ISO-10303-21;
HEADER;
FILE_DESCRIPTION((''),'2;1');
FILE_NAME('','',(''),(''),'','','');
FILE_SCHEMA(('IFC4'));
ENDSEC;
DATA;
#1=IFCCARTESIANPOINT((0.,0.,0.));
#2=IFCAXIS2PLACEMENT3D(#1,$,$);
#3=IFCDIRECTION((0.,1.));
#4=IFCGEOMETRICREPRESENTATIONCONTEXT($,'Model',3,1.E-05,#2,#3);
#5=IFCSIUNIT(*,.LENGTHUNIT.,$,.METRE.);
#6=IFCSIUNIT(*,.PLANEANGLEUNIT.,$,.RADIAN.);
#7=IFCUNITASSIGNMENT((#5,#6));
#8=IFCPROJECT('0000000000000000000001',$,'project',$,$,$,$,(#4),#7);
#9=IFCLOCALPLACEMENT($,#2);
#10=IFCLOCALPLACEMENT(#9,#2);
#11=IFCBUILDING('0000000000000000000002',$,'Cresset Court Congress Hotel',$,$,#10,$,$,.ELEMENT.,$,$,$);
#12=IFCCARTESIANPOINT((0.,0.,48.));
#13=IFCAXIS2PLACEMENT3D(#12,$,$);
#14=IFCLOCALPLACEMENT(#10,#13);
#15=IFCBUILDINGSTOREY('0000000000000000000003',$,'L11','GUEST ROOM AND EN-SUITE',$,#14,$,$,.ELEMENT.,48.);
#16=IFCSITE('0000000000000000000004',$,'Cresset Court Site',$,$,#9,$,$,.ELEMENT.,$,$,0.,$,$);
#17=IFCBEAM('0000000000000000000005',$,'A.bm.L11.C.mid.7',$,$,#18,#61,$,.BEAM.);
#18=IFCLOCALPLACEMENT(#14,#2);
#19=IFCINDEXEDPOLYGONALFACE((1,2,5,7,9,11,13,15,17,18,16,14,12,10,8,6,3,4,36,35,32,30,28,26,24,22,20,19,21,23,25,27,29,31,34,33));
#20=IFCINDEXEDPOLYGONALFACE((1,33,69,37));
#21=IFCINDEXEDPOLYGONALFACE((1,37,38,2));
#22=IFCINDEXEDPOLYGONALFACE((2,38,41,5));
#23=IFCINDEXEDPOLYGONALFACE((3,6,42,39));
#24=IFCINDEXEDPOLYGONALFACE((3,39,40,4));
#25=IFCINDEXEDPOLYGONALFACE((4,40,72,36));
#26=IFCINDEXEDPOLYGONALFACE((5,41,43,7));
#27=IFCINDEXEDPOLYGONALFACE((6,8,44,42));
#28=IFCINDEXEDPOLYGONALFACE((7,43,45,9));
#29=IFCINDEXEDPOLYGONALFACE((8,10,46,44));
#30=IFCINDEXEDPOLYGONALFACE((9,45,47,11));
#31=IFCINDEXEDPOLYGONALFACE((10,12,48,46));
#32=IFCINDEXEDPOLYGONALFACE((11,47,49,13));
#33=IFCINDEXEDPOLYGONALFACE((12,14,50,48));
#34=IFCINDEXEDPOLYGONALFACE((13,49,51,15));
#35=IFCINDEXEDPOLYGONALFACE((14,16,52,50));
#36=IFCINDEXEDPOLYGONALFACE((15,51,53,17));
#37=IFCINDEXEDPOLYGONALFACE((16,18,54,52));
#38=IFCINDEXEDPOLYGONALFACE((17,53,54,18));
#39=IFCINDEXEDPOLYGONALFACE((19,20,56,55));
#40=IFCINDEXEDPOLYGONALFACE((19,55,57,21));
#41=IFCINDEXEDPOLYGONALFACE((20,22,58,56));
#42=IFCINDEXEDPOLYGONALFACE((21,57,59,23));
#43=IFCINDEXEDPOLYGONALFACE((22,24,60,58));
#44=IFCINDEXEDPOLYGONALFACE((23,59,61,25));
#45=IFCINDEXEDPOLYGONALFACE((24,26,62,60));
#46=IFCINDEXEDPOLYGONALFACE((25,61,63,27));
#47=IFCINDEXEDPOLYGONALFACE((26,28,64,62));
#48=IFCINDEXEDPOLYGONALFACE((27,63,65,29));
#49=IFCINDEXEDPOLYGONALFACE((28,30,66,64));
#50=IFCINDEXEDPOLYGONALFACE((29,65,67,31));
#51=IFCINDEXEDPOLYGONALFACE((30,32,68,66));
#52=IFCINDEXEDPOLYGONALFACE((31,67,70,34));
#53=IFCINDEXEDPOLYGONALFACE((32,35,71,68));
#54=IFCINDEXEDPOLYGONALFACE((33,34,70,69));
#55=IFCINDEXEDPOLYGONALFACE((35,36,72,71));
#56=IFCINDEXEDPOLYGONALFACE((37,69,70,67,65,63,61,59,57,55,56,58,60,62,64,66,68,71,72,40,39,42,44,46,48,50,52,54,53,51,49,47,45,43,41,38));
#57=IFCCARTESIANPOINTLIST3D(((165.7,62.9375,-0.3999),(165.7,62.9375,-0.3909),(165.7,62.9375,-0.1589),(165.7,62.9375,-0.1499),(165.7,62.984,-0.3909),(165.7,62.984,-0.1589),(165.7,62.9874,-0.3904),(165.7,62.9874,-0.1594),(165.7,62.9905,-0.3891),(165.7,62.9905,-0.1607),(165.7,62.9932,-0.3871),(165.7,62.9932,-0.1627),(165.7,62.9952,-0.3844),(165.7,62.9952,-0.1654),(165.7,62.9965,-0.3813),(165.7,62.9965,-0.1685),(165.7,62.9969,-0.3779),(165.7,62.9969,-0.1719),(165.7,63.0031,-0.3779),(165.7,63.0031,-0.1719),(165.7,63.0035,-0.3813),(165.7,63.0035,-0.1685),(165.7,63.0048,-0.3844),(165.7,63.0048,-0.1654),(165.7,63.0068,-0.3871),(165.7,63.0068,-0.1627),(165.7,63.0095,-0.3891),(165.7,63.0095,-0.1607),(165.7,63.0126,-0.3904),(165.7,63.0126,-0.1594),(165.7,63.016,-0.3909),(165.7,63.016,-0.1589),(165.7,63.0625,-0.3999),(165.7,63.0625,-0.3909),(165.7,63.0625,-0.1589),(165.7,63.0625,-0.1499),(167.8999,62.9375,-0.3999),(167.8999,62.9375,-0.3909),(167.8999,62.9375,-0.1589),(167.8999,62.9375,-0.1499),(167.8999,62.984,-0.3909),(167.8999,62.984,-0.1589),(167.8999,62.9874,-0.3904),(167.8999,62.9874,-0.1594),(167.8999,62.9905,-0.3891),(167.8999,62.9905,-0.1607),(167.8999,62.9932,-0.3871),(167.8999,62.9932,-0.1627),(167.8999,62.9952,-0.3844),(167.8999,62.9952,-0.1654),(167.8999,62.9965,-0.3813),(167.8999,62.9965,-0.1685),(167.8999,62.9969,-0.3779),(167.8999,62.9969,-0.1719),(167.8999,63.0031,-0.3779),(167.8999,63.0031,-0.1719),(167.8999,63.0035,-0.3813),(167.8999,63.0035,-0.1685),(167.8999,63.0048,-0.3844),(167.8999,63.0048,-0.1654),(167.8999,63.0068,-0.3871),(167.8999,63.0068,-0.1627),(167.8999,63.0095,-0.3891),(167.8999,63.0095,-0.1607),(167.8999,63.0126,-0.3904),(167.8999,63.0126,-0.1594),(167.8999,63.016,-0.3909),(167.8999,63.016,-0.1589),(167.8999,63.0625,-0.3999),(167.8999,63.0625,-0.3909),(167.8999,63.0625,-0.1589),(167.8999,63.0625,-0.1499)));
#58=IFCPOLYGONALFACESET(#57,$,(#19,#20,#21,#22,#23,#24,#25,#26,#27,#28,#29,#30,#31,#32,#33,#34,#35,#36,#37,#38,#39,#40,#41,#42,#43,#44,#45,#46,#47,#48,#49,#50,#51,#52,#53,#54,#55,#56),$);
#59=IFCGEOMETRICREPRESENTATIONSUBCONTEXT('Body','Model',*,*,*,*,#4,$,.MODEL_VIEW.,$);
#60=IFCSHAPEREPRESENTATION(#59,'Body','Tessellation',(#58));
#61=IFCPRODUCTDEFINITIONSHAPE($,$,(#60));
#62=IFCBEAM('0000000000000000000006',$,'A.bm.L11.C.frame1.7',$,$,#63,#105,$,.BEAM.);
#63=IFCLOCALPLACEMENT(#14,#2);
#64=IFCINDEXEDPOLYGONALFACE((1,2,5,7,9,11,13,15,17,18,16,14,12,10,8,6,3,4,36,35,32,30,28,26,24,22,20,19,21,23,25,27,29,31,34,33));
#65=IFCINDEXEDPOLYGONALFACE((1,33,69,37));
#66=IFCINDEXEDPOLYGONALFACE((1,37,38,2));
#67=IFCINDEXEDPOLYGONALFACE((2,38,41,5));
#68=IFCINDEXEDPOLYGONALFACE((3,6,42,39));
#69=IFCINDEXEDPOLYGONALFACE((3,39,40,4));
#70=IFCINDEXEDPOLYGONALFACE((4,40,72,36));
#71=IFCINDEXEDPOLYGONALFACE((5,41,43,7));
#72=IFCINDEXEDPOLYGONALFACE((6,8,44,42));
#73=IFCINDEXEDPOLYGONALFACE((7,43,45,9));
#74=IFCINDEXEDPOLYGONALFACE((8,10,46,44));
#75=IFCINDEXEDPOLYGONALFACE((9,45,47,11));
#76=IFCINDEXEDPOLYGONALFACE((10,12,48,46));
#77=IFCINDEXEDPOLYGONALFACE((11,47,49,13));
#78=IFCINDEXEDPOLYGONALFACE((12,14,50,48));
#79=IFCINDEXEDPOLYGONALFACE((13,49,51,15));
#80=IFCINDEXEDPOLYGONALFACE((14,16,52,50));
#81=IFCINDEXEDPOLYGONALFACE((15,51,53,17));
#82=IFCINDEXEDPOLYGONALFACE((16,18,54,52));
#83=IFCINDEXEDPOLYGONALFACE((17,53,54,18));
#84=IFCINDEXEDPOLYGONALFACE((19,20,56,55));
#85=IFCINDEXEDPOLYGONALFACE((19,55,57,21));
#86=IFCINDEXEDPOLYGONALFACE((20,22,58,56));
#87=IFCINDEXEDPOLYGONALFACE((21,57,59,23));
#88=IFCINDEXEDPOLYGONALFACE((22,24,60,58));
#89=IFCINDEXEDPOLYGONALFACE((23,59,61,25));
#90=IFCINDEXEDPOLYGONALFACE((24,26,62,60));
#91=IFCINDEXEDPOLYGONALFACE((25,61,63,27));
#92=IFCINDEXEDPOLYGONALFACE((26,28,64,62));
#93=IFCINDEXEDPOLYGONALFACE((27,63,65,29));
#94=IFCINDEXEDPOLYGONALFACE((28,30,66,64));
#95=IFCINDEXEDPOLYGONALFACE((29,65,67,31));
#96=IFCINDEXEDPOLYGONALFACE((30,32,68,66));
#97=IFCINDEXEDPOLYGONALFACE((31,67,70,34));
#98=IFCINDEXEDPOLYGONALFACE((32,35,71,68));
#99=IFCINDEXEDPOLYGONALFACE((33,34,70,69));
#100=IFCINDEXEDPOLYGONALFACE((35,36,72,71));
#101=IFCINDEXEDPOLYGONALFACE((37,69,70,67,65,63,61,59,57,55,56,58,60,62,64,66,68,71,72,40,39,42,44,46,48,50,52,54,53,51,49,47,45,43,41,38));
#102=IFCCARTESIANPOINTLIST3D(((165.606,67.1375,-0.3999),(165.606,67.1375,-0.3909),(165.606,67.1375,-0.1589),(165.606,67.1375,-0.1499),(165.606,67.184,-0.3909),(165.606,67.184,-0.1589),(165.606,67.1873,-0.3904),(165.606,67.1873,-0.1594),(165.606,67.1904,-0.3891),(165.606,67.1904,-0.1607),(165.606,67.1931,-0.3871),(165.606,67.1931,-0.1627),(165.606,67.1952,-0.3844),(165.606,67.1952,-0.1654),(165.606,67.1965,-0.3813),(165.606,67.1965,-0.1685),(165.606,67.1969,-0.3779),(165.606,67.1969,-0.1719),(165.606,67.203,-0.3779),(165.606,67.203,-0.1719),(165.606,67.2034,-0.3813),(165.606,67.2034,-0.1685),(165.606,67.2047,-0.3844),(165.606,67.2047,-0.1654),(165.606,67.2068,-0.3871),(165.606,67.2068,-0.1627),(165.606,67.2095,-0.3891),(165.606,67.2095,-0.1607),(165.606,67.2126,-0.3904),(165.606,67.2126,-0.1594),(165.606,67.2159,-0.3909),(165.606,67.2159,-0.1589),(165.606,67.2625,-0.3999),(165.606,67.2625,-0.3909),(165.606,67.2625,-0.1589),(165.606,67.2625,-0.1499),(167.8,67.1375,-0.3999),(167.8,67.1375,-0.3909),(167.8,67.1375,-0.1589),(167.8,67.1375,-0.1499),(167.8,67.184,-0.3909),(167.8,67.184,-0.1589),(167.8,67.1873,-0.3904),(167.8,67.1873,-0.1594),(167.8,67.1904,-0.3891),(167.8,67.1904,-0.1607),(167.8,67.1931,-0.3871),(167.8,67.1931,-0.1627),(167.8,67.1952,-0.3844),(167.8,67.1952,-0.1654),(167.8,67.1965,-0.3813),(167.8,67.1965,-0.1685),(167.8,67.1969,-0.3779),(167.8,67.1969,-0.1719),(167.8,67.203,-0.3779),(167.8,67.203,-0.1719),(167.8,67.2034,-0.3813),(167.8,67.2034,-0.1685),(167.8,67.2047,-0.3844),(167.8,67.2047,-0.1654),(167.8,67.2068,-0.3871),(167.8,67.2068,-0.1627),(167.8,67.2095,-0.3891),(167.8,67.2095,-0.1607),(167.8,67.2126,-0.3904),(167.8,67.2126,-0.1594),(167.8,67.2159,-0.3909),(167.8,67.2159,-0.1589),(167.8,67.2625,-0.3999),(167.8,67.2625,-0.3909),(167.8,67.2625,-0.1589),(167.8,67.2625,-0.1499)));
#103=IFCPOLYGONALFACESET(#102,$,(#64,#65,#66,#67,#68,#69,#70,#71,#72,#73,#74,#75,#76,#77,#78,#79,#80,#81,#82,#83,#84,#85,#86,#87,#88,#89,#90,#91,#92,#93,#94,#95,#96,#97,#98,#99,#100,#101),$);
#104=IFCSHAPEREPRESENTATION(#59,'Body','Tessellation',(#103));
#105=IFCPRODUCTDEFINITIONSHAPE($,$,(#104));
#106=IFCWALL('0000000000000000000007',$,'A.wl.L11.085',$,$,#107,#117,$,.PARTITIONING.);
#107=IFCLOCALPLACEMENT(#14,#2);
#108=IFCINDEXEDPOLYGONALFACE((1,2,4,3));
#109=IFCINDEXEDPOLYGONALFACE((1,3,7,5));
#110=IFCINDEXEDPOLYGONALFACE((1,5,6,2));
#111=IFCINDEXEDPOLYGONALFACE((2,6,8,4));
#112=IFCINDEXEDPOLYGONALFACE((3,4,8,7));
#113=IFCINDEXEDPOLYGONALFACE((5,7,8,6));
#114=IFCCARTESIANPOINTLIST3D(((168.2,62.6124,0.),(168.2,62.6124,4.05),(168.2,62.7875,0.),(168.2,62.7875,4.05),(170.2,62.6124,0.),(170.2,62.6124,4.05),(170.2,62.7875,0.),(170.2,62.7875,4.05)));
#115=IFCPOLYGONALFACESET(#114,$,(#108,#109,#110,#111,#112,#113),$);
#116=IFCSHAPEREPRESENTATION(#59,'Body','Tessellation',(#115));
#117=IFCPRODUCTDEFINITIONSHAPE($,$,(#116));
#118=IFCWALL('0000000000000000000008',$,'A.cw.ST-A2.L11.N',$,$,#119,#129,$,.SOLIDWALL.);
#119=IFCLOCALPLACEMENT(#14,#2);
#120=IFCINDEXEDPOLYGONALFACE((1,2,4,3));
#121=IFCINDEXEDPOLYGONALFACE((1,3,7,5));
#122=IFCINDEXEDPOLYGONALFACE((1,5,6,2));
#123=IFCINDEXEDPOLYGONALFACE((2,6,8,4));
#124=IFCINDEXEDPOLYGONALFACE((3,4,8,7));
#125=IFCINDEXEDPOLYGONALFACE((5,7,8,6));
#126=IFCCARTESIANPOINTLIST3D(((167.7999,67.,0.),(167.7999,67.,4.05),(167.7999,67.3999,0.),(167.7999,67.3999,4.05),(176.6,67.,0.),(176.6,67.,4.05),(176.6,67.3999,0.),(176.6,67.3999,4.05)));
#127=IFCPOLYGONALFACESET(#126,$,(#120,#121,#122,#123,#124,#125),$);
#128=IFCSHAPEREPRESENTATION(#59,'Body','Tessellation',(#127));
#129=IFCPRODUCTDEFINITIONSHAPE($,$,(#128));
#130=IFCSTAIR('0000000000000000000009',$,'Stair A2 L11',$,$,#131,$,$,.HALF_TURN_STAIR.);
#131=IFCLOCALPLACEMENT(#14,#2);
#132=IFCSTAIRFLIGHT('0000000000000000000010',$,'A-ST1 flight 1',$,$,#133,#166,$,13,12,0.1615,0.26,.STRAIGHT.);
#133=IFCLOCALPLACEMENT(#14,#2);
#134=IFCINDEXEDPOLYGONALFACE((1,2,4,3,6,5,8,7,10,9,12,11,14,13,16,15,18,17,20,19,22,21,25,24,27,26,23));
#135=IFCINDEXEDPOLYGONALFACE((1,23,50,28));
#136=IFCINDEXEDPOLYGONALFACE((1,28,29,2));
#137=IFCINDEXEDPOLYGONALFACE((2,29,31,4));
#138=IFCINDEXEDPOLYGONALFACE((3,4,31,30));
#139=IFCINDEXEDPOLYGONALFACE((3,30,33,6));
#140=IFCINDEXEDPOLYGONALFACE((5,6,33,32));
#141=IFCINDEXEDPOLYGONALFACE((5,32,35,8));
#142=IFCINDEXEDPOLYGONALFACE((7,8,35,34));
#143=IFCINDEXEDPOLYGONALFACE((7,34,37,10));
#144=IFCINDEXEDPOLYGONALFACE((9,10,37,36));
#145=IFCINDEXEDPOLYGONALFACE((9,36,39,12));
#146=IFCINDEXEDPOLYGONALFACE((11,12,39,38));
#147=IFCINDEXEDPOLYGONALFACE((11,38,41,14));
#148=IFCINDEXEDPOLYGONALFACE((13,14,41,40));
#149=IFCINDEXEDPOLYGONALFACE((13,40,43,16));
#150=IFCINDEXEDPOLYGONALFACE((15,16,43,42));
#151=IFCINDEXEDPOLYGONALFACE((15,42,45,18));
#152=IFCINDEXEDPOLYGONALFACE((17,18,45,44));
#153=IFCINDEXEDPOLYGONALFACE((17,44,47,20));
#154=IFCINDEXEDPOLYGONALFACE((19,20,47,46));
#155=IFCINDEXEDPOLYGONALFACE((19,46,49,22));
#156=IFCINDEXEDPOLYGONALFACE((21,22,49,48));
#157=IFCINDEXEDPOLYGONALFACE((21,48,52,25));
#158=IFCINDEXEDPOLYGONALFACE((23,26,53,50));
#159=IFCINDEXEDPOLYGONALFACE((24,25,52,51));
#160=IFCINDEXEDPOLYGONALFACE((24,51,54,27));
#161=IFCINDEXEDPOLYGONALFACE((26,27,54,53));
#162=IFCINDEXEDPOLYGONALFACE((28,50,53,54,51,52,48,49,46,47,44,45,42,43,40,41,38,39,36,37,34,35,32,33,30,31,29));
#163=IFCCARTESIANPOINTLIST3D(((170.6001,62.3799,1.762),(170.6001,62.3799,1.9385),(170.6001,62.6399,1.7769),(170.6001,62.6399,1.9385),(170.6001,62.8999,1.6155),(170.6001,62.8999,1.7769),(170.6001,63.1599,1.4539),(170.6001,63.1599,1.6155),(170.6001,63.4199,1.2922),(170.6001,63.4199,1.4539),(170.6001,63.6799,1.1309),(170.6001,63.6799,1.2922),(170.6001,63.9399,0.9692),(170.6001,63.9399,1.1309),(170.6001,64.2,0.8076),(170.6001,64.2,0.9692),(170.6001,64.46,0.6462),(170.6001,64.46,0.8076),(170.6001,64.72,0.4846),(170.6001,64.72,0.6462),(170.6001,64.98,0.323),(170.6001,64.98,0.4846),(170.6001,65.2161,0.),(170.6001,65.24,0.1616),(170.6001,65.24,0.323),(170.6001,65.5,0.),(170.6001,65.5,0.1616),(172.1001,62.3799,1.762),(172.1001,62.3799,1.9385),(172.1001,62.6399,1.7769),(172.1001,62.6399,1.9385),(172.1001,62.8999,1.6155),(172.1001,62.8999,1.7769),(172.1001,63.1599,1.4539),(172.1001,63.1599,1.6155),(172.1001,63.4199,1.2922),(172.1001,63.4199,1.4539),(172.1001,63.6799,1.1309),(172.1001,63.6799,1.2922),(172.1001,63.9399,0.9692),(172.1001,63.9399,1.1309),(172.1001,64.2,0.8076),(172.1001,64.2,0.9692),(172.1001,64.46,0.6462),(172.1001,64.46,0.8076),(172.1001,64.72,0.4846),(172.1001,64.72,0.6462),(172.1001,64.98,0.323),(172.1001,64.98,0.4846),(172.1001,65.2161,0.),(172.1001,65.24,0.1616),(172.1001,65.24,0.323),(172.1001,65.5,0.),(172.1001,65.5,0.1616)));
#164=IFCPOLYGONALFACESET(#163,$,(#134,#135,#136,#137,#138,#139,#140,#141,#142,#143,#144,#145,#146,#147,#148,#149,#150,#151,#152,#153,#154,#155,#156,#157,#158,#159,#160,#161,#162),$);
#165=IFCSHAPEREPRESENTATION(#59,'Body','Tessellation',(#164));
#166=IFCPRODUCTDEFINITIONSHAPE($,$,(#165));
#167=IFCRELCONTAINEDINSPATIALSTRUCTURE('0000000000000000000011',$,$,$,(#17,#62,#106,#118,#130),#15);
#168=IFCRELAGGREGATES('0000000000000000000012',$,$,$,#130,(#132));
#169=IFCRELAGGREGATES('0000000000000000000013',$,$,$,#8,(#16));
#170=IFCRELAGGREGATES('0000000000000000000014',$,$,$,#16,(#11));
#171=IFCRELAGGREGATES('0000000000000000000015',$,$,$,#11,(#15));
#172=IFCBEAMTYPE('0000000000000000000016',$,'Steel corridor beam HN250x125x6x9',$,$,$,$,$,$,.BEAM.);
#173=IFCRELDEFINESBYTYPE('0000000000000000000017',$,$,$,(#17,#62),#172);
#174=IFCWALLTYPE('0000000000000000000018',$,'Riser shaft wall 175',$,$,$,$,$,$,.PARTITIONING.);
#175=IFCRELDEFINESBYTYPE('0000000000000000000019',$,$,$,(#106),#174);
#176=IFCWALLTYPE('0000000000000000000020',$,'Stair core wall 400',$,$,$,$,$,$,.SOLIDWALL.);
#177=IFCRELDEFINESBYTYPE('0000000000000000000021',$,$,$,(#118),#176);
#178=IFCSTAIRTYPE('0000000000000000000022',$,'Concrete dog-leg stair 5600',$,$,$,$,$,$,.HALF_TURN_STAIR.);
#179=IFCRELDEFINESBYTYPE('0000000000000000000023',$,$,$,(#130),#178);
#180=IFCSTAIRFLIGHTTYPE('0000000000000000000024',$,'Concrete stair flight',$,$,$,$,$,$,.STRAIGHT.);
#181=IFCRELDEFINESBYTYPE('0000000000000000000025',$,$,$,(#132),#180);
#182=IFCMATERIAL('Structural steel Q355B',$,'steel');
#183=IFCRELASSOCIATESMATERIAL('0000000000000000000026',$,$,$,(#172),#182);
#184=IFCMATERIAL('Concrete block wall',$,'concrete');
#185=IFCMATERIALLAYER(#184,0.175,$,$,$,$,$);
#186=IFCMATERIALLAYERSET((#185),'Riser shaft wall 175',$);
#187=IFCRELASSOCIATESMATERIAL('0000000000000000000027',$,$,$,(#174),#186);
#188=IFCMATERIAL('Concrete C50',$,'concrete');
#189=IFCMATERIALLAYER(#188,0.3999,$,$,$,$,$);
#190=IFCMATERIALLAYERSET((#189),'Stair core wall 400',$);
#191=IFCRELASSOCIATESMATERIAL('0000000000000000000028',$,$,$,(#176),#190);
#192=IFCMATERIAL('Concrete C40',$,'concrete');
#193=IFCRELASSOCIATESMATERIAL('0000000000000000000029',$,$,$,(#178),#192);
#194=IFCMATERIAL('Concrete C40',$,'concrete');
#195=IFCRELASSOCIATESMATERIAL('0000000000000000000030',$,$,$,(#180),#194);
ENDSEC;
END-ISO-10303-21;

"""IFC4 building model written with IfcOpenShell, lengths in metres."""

from ifc_helpers import new_model, si_unit, direction, frame, frame_2d, origin, origin_2d, place, context, subcontext, project, spatial, polyline, rectangle, i_section, outline, extrude, material, layer, layer_set, material_profile, profile_set, type_object, element, aggregate, save


model = new_model("IFC4")

# Units and contexts
model_context = context("Model", 3, precision=1e-05, world=origin(), true_north=direction((0.0, 1.0)))
body_context = subcontext(model_context, "Body", "Model", "MODEL_VIEW")
ifc_project = project(units=[si_unit("LENGTHUNIT", "METRE"), si_unit("PLANEANGLEUNIT", "RADIAN")], contexts=[model_context])

# Site, building, storey
site_placement = place(None, origin())
site = spatial("IfcSite", under=ifc_project, at=site_placement, Name="Cresset Court Site", CompositionType="ELEMENT", RefElevation=0.0)
building_placement = place(site_placement, origin())
building = spatial("IfcBuilding", under=site, at=building_placement, Name="Cresset Court Congress Hotel", CompositionType="ELEMENT")
storey_placement = place(building_placement, frame((0.0, 0.0, 48.0)))
storey = spatial("IfcBuildingStorey", under=building, at=storey_placement, Name="L11", Description="GUEST ROOM AND EN-SUITE", CompositionType="ELEMENT", Elevation=48.0)

# Beams
ifc_material_1 = material(Name="Structural steel Q355B", Category="steel")
ifc_material_profile = material_profile(ifc_material_1, i_section(OverallWidth=0.125, OverallDepth=0.25, WebThickness=0.0061, FlangeThickness=0.009, FilletRadius=0.0129, at=origin_2d()), Name="HN250x125x6x9")
ifc_profile_set = profile_set([ifc_material_profile], Name="Structural steel Q355B")
beam_type = type_object("IfcBeamType", Name="Steel corridor beam HN250x125x6x9", PredefinedType="BEAM", material=ifc_profile_set)
beam_1_placement = place(storey_placement, frame((165.7, 63.0, -0.2749), z_axis=(1.0, 0.0, 0.0), x_axis=(0.0, 1.0, 0.0)))
element("IfcBeam", 1, at=beam_1_placement, inside=storey, type_object=beam_type, Name="A.bm.L11.C.mid.7", PredefinedType="BEAM", context=body_context, shape_type="SweptSolid", body=[
    extrude(i_section(OverallWidth=0.125, OverallDepth=0.25, WebThickness=0.0061, FlangeThickness=0.009, FilletRadius=0.0129, at=origin_2d()), origin(), (0.0, 0.0, 1.0), 2.2),
])
beam_2_placement = place(storey_placement, frame((165.606, 67.2, -0.2749), z_axis=(1.0, 0.0, 0.0), x_axis=(0.0, 1.0, 0.0)))
element("IfcBeam", 2, at=beam_2_placement, inside=storey, type_object=beam_type, Name="A.bm.L11.C.frame1.7", PredefinedType="BEAM", context=body_context, shape_type="SweptSolid", body=[
    extrude(i_section(OverallWidth=0.125, OverallDepth=0.25, WebThickness=0.0061, FlangeThickness=0.009, FilletRadius=0.0129, at=origin_2d()), origin(), (0.0, 0.0, 1.0), 2.1941),
])

# Walls
ifc_material_2 = material(Name="Concrete block wall", Category="concrete")
ifc_layer_1 = layer(ifc_material_2, 0.175)
ifc_layer_set_1 = layer_set([ifc_layer_1], Name="Riser shaft wall 175")
wall_type_1 = type_object("IfcWallType", Name="Riser shaft wall 175", PredefinedType="PARTITIONING", material=ifc_layer_set_1)
wall_1_placement = place(storey_placement, frame((168.2, 62.7, 0.0), z_axis=(0.0, 0.0, 1.0), x_axis=(1.0, 0.0, 0.0)))
element("IfcWall", 3, at=wall_1_placement, inside=storey, type_object=wall_type_1, Name="A.wl.L11.085", PredefinedType="PARTITIONING", context=body_context, shape_type="SweptSolid", body=[
    extrude(rectangle(XDim=2.0, YDim=0.175, at=frame_2d((1.0, 0.0))), origin(), (0.0, 0.0, 1.0), 4.05),
])
ifc_material_3 = material(Name="Concrete C50", Category="concrete")
ifc_layer_2 = layer(ifc_material_3, 0.3999)
ifc_layer_set_2 = layer_set([ifc_layer_2], Name="Stair core wall 400")
wall_type_2 = type_object("IfcWallType", Name="Stair core wall 400", PredefinedType="SOLIDWALL", material=ifc_layer_set_2)
wall_2_placement = place(storey_placement, frame((167.8, 67.2, 0.0), z_axis=(0.0, 0.0, 1.0), x_axis=(1.0, 0.0, 0.0)))
element("IfcWall", 4, at=wall_2_placement, inside=storey, type_object=wall_type_2, Name="A.cw.ST-A2.L11.N", PredefinedType="SOLIDWALL", context=body_context, shape_type="SweptSolid", body=[
    extrude(rectangle(XDim=8.8, YDim=0.3999, at=frame_2d((4.3999, 0.0))), origin(), (0.0, 0.0, 1.0), 4.05),
])

# Stair, stair flight
ifc_material_4 = material(Name="Concrete C40", Category="concrete")
stair_type = type_object("IfcStairType", Name="Concrete dog-leg stair 5600", PredefinedType="HALF_TURN_STAIR", material=ifc_material_4)
stair_placement = place(storey_placement, origin())
stair = element("IfcStair", 5, at=stair_placement, inside=storey, type_object=stair_type, Name="Stair A2 L11", PredefinedType="HALF_TURN_STAIR")
ifc_material_5 = material(Name="Concrete C40", Category="concrete")
stair_flight_type = type_object("IfcStairFlightType", Name="Concrete stair flight", PredefinedType="STRAIGHT", material=ifc_material_5)
stair_flight_1_placement = place(storey_placement, frame((171.3501, 65.5, 0.0), z_axis=(0.0, 0.0, 1.0), x_axis=(0.0, -1.0, 0.0)))
stair_flight_1 = element("IfcStairFlight", 6, at=stair_flight_1_placement, type_object=stair_flight_type, Name="A-ST1 flight 1", NumberOfRisers=13, NumberOfTreads=12, PredefinedType="STRAIGHT", RiserHeight=0.1615, TreadLength=0.26, context=body_context, shape_type="SweptSolid", body=[
    extrude(outline(polyline([(0.0, 0.0), (0.0, 0.1616), (0.26, 0.1616), (0.26, 0.323), (0.52, 0.323), (0.52, 0.4846), (0.78, 0.4846), (0.78, 0.6462), (1.04, 0.6462), (1.04, 0.8076), (1.3, 0.8076), (1.3, 0.9692), (1.5601, 0.9692), (1.5601, 1.1309), (1.8201, 1.1309), (1.8201, 1.2922), (2.0801, 1.2922), (2.0801, 1.4539), (2.3401, 1.4539), (2.3401, 1.6155), (2.6001, 1.6155), (2.6001, 1.7769), (2.8601, 1.7769), (2.8601, 1.9385), (3.1201, 1.9385), (3.1201, 2.1001), (3.1201, 1.762), (0.2839, 0.0), (0.0, 0.0)])), frame((0.0, 0.75, 0.0), z_axis=(0.0, -1.0, 0.0), x_axis=(1.0, 0.0, 0.0)), (0.0, 0.0, 1.0), 1.5),
])
aggregate(stair, [stair_flight_1])

save(model, "model.ifc")
